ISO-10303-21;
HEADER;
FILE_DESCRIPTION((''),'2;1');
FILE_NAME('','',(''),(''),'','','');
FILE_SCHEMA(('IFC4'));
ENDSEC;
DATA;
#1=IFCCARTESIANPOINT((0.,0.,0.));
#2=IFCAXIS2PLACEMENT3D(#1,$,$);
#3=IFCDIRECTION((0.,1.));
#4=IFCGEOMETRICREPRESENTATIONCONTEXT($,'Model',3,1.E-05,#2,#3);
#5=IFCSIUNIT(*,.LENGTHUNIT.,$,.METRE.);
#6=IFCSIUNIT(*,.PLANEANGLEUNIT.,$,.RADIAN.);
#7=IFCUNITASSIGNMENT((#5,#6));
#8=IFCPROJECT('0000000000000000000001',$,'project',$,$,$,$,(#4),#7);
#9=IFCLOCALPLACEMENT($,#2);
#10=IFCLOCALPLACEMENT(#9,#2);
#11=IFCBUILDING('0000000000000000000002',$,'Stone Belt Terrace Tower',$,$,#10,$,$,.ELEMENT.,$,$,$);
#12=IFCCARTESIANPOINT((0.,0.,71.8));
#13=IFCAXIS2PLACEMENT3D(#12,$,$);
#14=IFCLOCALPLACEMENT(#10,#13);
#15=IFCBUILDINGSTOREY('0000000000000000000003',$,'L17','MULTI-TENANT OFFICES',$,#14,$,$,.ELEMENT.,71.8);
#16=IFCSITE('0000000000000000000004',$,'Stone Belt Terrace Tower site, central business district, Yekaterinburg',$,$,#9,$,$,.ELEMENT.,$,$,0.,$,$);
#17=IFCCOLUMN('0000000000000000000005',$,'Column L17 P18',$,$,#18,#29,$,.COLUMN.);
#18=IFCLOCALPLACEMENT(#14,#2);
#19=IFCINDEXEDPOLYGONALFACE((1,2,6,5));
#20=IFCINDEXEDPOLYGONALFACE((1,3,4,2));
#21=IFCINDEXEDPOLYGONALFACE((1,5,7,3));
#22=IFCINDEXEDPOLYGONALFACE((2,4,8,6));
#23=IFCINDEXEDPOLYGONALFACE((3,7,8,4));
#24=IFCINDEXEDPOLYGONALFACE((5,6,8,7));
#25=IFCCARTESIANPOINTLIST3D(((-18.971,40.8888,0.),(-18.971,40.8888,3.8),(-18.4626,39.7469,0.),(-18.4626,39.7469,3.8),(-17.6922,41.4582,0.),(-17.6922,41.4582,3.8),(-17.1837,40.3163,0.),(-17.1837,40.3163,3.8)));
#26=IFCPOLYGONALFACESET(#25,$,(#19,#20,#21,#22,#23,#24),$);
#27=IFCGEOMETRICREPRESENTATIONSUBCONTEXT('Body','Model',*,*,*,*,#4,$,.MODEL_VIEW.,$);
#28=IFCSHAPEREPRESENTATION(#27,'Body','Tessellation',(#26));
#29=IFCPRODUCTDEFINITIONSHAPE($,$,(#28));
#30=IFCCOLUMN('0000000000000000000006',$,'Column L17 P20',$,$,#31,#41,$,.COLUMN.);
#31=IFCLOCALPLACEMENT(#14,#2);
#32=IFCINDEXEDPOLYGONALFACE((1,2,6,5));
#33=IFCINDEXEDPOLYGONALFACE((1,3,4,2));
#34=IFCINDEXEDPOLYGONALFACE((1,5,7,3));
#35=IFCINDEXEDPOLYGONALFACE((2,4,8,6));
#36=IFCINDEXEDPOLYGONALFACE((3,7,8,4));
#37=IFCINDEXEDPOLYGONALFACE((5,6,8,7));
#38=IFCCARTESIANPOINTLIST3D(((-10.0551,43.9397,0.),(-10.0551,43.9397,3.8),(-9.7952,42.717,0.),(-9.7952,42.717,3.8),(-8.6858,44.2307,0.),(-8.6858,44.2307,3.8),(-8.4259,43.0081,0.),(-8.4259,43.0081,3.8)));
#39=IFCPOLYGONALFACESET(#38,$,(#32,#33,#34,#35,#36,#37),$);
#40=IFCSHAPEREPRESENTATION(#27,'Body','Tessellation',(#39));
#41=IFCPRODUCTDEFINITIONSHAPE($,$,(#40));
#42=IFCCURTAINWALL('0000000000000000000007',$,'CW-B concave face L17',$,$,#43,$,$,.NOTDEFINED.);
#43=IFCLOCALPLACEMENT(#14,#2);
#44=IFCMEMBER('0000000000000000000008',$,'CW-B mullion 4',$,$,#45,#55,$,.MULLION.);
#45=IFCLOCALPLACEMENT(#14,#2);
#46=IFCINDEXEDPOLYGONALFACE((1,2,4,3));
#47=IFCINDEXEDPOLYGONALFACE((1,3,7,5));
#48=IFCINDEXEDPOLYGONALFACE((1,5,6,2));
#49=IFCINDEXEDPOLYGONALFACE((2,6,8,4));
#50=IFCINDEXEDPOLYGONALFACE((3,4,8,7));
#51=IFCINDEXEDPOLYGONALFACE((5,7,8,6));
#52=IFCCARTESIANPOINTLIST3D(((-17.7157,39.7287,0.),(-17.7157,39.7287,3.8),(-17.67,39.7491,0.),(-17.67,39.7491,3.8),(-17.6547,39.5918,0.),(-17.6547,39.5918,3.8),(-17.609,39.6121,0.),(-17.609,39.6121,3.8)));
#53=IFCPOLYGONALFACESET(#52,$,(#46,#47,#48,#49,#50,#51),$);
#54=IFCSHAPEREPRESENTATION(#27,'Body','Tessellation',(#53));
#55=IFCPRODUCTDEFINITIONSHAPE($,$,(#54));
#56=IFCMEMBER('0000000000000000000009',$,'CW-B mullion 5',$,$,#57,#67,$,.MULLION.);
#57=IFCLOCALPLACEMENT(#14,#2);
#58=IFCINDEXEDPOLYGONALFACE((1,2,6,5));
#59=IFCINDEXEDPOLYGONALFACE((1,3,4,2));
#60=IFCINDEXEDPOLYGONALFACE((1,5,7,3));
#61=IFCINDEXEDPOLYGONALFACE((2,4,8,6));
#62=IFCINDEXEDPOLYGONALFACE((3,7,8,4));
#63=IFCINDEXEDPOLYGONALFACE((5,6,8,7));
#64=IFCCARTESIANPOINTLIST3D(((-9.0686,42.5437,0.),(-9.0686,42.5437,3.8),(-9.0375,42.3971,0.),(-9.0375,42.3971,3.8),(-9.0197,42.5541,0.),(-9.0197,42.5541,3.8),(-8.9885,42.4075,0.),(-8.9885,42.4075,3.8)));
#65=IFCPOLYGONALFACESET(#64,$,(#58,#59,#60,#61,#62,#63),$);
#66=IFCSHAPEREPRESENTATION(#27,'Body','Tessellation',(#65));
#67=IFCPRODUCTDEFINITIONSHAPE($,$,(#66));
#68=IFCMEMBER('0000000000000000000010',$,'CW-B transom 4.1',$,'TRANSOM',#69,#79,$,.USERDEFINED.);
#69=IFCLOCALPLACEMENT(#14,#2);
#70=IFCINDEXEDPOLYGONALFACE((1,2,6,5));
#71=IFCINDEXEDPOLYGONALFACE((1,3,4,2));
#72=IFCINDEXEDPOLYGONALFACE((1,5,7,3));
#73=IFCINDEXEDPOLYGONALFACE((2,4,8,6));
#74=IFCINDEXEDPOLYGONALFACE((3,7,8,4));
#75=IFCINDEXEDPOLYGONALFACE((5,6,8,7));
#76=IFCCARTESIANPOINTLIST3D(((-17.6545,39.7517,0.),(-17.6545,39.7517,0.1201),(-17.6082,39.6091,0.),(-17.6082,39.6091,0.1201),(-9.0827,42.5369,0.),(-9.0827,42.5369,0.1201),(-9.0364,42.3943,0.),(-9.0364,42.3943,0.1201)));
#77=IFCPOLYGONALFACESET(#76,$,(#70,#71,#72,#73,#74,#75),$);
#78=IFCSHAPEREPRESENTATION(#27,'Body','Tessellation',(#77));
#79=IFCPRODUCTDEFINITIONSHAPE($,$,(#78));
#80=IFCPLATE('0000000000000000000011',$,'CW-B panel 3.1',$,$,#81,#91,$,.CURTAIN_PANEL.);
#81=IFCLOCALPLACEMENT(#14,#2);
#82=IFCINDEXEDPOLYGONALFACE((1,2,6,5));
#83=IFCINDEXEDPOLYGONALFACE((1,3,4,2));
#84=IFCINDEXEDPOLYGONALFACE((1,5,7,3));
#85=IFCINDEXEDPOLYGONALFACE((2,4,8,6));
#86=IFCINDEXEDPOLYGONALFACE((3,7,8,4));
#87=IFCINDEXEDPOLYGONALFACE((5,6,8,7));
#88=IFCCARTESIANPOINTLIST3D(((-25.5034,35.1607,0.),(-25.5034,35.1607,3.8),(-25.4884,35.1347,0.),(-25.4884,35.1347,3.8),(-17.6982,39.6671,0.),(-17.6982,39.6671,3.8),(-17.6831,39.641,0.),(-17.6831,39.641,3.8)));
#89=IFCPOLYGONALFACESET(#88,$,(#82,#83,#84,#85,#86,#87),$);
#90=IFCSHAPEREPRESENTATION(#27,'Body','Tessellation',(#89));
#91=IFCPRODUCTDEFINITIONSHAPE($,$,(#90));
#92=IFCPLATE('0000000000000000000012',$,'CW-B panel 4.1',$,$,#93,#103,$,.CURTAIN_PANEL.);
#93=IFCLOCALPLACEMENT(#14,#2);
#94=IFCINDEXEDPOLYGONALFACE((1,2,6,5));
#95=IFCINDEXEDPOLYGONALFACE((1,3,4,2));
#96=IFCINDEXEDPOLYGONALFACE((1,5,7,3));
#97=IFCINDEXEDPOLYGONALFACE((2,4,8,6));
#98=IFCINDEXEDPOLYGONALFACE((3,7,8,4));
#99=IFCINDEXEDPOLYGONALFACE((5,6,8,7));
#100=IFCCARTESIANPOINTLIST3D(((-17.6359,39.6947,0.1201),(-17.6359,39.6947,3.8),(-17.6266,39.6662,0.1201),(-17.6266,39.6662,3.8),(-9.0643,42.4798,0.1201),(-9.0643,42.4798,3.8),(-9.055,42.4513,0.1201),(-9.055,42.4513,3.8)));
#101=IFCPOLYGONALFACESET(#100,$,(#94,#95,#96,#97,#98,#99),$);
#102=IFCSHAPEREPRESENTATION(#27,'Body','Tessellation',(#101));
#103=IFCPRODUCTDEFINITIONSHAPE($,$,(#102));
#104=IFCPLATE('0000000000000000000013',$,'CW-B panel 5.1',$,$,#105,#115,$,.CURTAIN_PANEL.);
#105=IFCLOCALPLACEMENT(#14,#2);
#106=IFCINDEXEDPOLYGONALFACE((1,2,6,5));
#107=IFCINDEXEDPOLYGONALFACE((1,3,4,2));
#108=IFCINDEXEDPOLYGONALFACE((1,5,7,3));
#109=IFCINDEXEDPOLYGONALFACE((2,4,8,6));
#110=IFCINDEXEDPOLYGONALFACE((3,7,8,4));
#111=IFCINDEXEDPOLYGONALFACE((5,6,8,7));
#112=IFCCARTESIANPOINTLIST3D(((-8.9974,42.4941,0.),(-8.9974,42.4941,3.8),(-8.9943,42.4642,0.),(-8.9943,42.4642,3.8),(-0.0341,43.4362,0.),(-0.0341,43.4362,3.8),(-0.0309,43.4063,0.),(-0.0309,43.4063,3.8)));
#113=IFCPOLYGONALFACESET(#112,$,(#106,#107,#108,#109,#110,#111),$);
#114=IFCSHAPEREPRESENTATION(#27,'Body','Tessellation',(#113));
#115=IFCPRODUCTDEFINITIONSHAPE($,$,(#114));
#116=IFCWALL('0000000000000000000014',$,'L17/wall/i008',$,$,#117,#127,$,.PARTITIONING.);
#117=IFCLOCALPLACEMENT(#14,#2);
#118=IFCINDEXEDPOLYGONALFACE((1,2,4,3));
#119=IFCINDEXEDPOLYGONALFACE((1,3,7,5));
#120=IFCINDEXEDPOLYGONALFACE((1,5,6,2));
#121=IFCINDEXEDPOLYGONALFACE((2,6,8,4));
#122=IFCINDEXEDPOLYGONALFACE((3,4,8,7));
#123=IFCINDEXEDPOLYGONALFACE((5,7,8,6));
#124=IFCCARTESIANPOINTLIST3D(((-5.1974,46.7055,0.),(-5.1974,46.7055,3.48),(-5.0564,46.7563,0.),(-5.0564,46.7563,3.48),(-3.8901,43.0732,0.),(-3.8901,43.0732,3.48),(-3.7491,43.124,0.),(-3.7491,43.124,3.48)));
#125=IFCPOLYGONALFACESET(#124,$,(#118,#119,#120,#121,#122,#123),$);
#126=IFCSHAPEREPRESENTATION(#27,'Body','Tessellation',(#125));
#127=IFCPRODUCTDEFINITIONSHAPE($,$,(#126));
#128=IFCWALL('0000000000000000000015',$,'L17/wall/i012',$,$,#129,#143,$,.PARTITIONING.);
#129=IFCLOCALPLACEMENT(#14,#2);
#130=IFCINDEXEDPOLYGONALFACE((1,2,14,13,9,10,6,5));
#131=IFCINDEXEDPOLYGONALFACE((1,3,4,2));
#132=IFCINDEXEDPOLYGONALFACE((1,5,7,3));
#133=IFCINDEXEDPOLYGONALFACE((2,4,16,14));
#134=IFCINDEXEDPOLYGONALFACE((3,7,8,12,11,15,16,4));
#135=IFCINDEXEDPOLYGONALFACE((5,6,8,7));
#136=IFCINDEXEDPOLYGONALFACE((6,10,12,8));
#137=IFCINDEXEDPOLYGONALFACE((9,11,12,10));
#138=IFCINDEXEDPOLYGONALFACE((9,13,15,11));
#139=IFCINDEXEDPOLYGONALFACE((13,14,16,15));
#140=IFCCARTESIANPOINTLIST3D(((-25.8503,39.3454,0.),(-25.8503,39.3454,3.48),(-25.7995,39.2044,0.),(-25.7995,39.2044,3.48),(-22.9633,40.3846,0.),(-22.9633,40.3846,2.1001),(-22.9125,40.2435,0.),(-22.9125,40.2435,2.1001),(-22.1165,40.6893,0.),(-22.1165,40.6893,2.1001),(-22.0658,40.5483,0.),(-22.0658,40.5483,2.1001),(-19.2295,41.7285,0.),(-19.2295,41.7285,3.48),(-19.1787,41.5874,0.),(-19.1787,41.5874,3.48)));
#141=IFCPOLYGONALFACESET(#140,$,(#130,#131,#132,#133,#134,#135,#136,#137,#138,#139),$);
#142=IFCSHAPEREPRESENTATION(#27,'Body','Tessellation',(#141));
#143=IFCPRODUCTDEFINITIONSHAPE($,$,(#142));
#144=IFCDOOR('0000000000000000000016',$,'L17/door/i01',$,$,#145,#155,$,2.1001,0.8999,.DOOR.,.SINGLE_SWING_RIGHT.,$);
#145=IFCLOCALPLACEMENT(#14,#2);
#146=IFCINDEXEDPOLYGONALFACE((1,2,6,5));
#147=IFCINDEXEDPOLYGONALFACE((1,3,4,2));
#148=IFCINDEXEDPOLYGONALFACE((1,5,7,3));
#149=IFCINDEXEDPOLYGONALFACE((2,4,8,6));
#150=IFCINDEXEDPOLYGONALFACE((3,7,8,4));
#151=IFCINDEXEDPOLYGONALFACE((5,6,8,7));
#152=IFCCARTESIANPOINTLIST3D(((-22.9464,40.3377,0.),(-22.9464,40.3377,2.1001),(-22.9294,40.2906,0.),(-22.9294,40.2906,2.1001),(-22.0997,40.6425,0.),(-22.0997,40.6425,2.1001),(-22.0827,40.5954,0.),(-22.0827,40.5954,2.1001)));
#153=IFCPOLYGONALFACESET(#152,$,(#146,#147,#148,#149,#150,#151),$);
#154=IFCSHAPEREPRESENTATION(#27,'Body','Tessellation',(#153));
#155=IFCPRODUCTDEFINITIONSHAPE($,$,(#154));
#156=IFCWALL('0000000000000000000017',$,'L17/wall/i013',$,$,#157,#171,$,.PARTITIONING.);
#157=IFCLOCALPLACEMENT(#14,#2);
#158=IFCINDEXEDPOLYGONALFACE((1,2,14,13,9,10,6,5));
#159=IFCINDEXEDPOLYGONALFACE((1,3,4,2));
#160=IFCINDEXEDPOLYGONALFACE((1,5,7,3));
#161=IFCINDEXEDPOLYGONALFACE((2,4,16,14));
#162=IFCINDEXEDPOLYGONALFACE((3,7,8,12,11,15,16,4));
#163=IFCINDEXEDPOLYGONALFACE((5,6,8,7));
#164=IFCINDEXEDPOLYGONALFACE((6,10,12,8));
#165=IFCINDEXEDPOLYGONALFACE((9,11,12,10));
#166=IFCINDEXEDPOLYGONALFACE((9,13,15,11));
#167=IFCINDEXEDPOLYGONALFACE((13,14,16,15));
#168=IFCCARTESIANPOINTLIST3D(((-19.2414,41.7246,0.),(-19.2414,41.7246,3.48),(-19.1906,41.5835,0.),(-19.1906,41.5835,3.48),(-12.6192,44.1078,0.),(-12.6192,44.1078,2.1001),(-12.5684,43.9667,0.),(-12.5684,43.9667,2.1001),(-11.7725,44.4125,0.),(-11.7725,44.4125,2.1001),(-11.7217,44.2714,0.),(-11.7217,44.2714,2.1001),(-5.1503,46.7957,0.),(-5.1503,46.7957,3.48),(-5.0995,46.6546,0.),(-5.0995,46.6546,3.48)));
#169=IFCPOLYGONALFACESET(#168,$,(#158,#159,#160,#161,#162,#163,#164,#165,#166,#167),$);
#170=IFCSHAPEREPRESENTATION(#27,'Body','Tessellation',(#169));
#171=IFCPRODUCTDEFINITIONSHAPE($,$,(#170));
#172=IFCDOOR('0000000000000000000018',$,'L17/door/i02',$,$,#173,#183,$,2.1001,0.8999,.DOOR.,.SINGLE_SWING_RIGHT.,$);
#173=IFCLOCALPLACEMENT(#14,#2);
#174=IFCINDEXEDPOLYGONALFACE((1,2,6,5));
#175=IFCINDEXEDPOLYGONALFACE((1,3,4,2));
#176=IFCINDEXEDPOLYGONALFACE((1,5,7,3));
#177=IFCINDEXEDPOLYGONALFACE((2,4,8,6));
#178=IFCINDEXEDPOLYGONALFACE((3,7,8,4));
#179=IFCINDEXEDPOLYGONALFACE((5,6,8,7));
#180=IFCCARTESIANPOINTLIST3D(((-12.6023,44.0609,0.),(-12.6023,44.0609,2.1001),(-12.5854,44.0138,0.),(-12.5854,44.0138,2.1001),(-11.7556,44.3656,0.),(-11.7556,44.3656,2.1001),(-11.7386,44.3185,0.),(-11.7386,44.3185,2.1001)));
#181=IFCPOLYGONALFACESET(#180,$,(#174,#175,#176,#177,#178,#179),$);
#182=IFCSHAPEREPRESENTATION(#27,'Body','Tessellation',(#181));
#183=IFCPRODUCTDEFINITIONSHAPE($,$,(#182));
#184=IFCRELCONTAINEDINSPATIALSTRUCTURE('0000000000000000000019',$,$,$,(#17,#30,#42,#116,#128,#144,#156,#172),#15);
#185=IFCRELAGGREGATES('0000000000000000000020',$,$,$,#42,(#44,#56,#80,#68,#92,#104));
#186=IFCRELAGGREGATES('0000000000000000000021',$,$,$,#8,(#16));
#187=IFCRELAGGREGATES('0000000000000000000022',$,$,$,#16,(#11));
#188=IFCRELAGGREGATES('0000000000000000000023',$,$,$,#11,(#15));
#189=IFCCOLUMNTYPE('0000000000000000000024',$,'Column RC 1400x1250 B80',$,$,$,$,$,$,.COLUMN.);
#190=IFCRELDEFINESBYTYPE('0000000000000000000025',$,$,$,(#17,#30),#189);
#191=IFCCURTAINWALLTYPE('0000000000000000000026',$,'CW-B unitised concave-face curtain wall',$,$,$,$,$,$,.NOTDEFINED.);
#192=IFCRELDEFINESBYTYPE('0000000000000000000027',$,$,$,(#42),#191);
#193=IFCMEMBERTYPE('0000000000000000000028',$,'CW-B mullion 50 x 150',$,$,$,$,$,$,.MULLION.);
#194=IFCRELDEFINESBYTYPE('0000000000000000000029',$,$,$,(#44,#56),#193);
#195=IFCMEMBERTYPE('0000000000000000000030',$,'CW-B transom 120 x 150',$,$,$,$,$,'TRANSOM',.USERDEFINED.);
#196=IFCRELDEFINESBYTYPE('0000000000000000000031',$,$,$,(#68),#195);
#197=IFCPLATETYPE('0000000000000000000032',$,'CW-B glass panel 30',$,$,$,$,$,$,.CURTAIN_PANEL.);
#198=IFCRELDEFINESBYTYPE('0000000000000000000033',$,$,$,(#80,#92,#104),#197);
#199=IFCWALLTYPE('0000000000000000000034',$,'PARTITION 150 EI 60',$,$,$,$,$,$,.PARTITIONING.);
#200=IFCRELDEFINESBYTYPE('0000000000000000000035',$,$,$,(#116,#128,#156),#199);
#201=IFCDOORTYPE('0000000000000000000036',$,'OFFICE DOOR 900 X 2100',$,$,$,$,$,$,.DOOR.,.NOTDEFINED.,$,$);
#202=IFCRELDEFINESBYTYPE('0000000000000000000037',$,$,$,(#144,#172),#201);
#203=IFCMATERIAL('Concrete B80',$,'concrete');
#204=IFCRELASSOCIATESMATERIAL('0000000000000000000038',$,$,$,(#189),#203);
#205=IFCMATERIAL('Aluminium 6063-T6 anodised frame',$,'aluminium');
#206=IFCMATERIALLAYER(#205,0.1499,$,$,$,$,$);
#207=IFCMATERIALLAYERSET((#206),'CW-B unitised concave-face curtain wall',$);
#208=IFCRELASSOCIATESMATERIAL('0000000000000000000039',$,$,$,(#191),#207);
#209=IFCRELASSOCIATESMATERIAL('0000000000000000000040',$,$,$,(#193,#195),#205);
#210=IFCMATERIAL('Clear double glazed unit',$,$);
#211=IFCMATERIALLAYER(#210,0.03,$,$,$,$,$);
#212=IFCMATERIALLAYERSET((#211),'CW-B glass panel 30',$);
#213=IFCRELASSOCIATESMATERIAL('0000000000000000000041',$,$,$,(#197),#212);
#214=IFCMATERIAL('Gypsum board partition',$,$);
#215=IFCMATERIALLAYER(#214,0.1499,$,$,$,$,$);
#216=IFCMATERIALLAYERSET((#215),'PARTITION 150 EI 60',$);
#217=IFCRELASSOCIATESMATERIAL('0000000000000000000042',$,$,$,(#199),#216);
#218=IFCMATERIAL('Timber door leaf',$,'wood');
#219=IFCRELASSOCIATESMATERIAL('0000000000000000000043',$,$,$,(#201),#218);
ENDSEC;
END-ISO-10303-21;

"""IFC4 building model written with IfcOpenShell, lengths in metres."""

from ifc_helpers import new_model, si_unit, direction, frame, frame_2d, origin, origin_2d, place, context, subcontext, project, spatial, rectangle, extrude, material, layer, layer_set, material_profile, profile_set, type_object, element, fill, aggregate, save


model = new_model("IFC4")

# Units and contexts
model_context = context("Model", 3, precision=1e-05, world=origin(), true_north=direction((0.0, 1.0)))
body_context = subcontext(model_context, "Body", "Model", "MODEL_VIEW")
ifc_project = project(units=[si_unit("LENGTHUNIT", "METRE"), si_unit("PLANEANGLEUNIT", "RADIAN")], contexts=[model_context])

# Site, building, storey
site_placement = place(None, origin())
site = spatial("IfcSite", under=ifc_project, at=site_placement, Name="Stone Belt Terrace Tower site, central business district, Yekaterinburg", CompositionType="ELEMENT", RefElevation=0.0)
building_placement = place(site_placement, origin())
building = spatial("IfcBuilding", under=site, at=building_placement, Name="Stone Belt Terrace Tower", CompositionType="ELEMENT")
storey_placement = place(building_placement, frame((0.0, 0.0, 71.8)))
storey = spatial("IfcBuildingStorey", under=building, at=storey_placement, Name="L17", Description="MULTI-TENANT OFFICES", CompositionType="ELEMENT", Elevation=71.8)

# Columns
ifc_material_1 = material(Name="Concrete B80", Category="concrete")
ifc_material_profile_1 = material_profile(ifc_material_1, rectangle(XDim=1.3999, YDim=1.25, at=origin_2d()), Name="RC 1400x1250")
ifc_profile_set_1 = profile_set([ifc_material_profile_1], Name="Concrete B80")
column_type = type_object("IfcColumnType", Name="Column RC 1400x1250 B80", PredefinedType="COLUMN", material=ifc_profile_set_1)
for number, where, z_axis, x_axis, name in (
    (1, (-18.0774, 40.6025, 0.0), (0.0, 0.0, 1.0), (0.913545, 0.406737, 0.0), "Column L17 P18"),
    (2, (-9.2405, 43.4739, 0.0), (0.0, 0.0, 1.0), (0.978148, 0.207912, 0.0), "Column L17 P20"),
):
    element("IfcColumn", number, at=place(storey_placement, frame(where, z_axis=z_axis, x_axis=x_axis)), inside=storey, type_object=column_type, Name=name, PredefinedType="COLUMN", context=body_context, shape_type="SweptSolid", body=[
        extrude(rectangle(XDim=1.3999, YDim=1.25, at=origin_2d()), origin(), (0.0, 0.0, 1.0), 3.8),
    ])

# Curtain wall, members, plates
ifc_material_2 = material(Name="Aluminium 6063-T6 anodised frame", Category="aluminium")
ifc_layer_1 = layer(ifc_material_2, 0.1499)
ifc_layer_set_1 = layer_set([ifc_layer_1], Name="CW-B unitised concave-face curtain wall")
curtain_wall_type = type_object("IfcCurtainWallType", Name="CW-B unitised concave-face curtain wall", PredefinedType="NOTDEFINED", material=ifc_layer_set_1)
curtain_wall_placement = place(storey_placement, origin())
curtain_wall = element("IfcCurtainWall", 3, at=curtain_wall_placement, inside=storey, type_object=curtain_wall_type, Name="CW-B concave face L17", PredefinedType="NOTDEFINED")
ifc_material_profile_2 = material_profile(ifc_material_2, rectangle(XDim=0.1499, YDim=0.05, at=origin_2d()), Name="Aluminium 6063-T6 50x150")
ifc_profile_set_2 = profile_set([ifc_material_profile_2], Name="Aluminium 6063-T6 anodised frame")
member_type_1 = type_object("IfcMemberType", Name="CW-B mullion 50 x 150", PredefinedType="MULLION", material=ifc_profile_set_2)
member_1_placement = place(storey_placement, frame((-17.6624, 39.6704, 0.0), z_axis=(0.0, 0.0, 1.0), x_axis=(-0.406737, 0.913545, 0.0)))
member_1 = element("IfcMember", 4, at=member_1_placement, type_object=member_type_1, Name="CW-B mullion 4", PredefinedType="MULLION", context=body_context, shape_type="SweptSolid", body=[
    extrude(rectangle(XDim=0.1499, YDim=0.05, at=origin_2d()), origin(), (0.0, 0.0, 1.0), 3.8),
])
member_2_placement = place(storey_placement, frame((-9.0286, 42.4756, 0.0), z_axis=(0.0, 0.0, 1.0), x_axis=(-0.207912, 0.978148, 0.0)))
member_2 = element("IfcMember", 5, at=member_2_placement, type_object=member_type_1, Name="CW-B mullion 5", PredefinedType="MULLION", context=body_context, shape_type="SweptSolid", body=[
    extrude(rectangle(XDim=0.1499, YDim=0.05, at=origin_2d()), origin(), (0.0, 0.0, 1.0), 3.8),
])
ifc_material_profile_3 = material_profile(ifc_material_2, rectangle(XDim=0.1499, YDim=0.1201, at=origin_2d()), Name="Aluminium 6063-T6 150x120")
ifc_profile_set_3 = profile_set([ifc_material_profile_3], Name="Aluminium 6063-T6 anodised frame")
member_type_2 = type_object("IfcMemberType", Name="CW-B transom 120 x 150", ElementType="TRANSOM", PredefinedType="USERDEFINED", material=ifc_profile_set_3)
member_3_placement = place(storey_placement, frame((-17.6313, 39.6804, 0.0601), z_axis=(0.951056, 0.309019, 0.0), x_axis=(-0.309019, 0.951056, 0.0)))
member_3 = element("IfcMember", 6, at=member_3_placement, type_object=member_type_2, Name="CW-B transom 4.1", ObjectType="TRANSOM", PredefinedType="USERDEFINED", context=body_context, shape_type="SweptSolid", body=[
    extrude(rectangle(XDim=0.1499, YDim=0.1201, at=origin_2d()), origin(), (0.0, 0.0, 1.0), 9.0129),
])
ifc_material_3 = material(Name="Clear double glazed unit")
ifc_layer_2 = layer(ifc_material_3, 0.03)
ifc_layer_set_2 = layer_set([ifc_layer_2], Name="CW-B glass panel 30")
plate_type = type_object("IfcPlateType", Name="CW-B glass panel 30", PredefinedType="CURTAIN_PANEL", material=ifc_layer_set_2)
plate_1_placement = place(storey_placement, frame((-21.5933, 37.4009, 0.0), z_axis=(0.0, 0.0, 1.0), x_axis=(0.866025, 0.5, 0.0)))
plate_1 = element("IfcPlate", 7, at=plate_1_placement, type_object=plate_type, Name="CW-B panel 3.1", PredefinedType="CURTAIN_PANEL", context=body_context, shape_type="SweptSolid", body=[
    extrude(rectangle(XDim=9.0127, YDim=0.03, at=origin_2d()), origin(), (0.0, 0.0, 1.0), 3.8),
])
plate_2_placement = place(storey_placement, frame((-13.3455, 41.073, 0.1201), z_axis=(0.0, 0.0, 1.0), x_axis=(0.951057, 0.309017, 0.0)))
plate_2 = element("IfcPlate", 8, at=plate_2_placement, type_object=plate_type, Name="CW-B panel 4.1", PredefinedType="CURTAIN_PANEL", context=body_context, shape_type="SweptSolid", body=[
    extrude(rectangle(XDim=9.0127, YDim=0.03, at=origin_2d()), origin(), (0.0, 0.0, 1.0), 3.6799),
])
plate_3_placement = place(storey_placement, frame((-4.5142, 42.9502, 0.0), z_axis=(0.0, 0.0, 1.0), x_axis=(0.994522, 0.104528, 0.0)))
plate_3 = element("IfcPlate", 9, at=plate_3_placement, type_object=plate_type, Name="CW-B panel 5.1", PredefinedType="CURTAIN_PANEL", context=body_context, shape_type="SweptSolid", body=[
    extrude(rectangle(XDim=9.0127, YDim=0.03, at=origin_2d()), origin(), (0.0, 0.0, 1.0), 3.8),
])
aggregate(curtain_wall, [member_1, member_2, plate_1, member_3, plate_2, plate_3])

# Wall
ifc_material_4 = material(Name="Gypsum board partition")
ifc_layer_3 = layer(ifc_material_4, 0.1499)
ifc_layer_set_3 = layer_set([ifc_layer_3], Name="PARTITION 150 EI 60")
wall_type_1 = type_object("IfcWallType", Name="PARTITION 150 EI 60", PredefinedType="PARTITIONING", material=ifc_layer_set_3)
wall_1_placement = place(storey_placement, frame((-3.8196, 43.0986, 0.0), z_axis=(0.0, 0.0, 1.0), x_axis=(-0.338659, 0.940909, 0.0)))
element("IfcWall", 10, at=wall_1_placement, inside=storey, type_object=wall_type_1, Name="L17/wall/i008", PredefinedType="PARTITIONING", context=body_context, shape_type="SweptSolid", body=[
    extrude(rectangle(XDim=3.8604, YDim=0.1499, at=frame_2d((1.9302, 0.0))), origin(), (0.0, 0.0, 1.0), 3.48),
])

# Walls, openings, doors
wall_2_placement = place(storey_placement, frame((-19.2041, 41.658, 0.0), z_axis=(0.0, 0.0, 1.0), x_axis=(-0.940908, -0.338663, 0.0)))
wall_2 = element("IfcWall", 11, at=wall_2_placement, inside=storey, type_object=wall_type_1, Name="L17/wall/i012", PredefinedType="PARTITIONING", context=body_context, shape_type="SweptSolid", body=[
    extrude(rectangle(XDim=7.0366, YDim=0.1499, at=frame_2d((3.5183, 0.0))), origin(), (0.0, 0.0, 1.0), 3.48),
])
opening_1_placement = place(wall_2_placement, frame((3.0684, 0.0, 0.0)))
opening_1 = element("IfcOpeningElement", 12, at=opening_1_placement, cuts=wall_2, PredefinedType="OPENING", context=body_context, shape_type="SweptSolid", body=[
    extrude(rectangle(XDim=0.8999, YDim=2.1001, at=frame_2d((0.45, 1.05))), frame((0.0, 0.085, 0.0), z_axis=(0.0, -1.0, 0.0), x_axis=(1.0, 0.0, 0.0)), (0.0, 0.0, 1.0), 0.1699),
])
ifc_material_5 = material(Name="Timber door leaf", Category="wood")
door_type_1 = type_object("IfcDoorType", Name="OFFICE DOOR 900 X 2100", OperationType="NOTDEFINED", PredefinedType="DOOR", material=ifc_material_5)
door_1_placement = place(opening_1_placement, origin())
door_1 = element("IfcDoor", 13, at=door_1_placement, inside=storey, type_object=door_type_1, Name="L17/door/i01", OperationType="SINGLE_SWING_RIGHT", OverallHeight=2.1001, OverallWidth=0.8999, PredefinedType="DOOR", context=body_context, shape_type="SweptSolid", body=[
    extrude(rectangle(XDim=0.8999, YDim=2.1001, at=frame_2d((0.45, 1.05))), frame((0.0, 0.0249, 0.0), z_axis=(0.0, -1.0, 0.0), x_axis=(1.0, 0.0, 0.0)), (0.0, 0.0, 1.0), 0.05),
])
fill(opening_1, door_1)
wall_3_placement = place(storey_placement, frame((-5.125, 46.7251, 0.0), z_axis=(0.0, 0.0, 1.0), x_axis=(-0.940924, -0.338617, 0.0)))
wall_3 = element("IfcWall", 14, at=wall_3_placement, inside=storey, type_object=wall_type_1, Name="L17/wall/i013", PredefinedType="PARTITIONING", context=body_context, shape_type="SweptSolid", body=[
    extrude(rectangle(XDim=14.9758, YDim=0.1499, at=frame_2d((7.4878, 0.0))), origin(), (0.0, 0.0, 1.0), 3.48),
])
opening_2_placement = place(wall_3_placement, frame((7.0378, 0.0, 0.0)))
opening_2 = element("IfcOpeningElement", 15, at=opening_2_placement, cuts=wall_3, PredefinedType="OPENING", context=body_context, shape_type="SweptSolid", body=[
    extrude(rectangle(XDim=0.8999, YDim=2.1001, at=frame_2d((0.45, 1.05))), frame((0.0, 0.085, 0.0), z_axis=(0.0, -1.0, 0.0), x_axis=(1.0, 0.0, 0.0)), (0.0, 0.0, 1.0), 0.1699),
])
door_2_placement = place(opening_2_placement, origin())
door_2 = element("IfcDoor", 16, at=door_2_placement, inside=storey, type_object=door_type_1, Name="L17/door/i02", OperationType="SINGLE_SWING_RIGHT", OverallHeight=2.1001, OverallWidth=0.8999, PredefinedType="DOOR", context=body_context, shape_type="SweptSolid", body=[
    extrude(rectangle(XDim=0.8999, YDim=2.1001, at=frame_2d((0.45, 1.05))), frame((0.0, 0.0249, 0.0), z_axis=(0.0, -1.0, 0.0), x_axis=(1.0, 0.0, 0.0)), (0.0, 0.0, 1.0), 0.05),
])
fill(opening_2, door_2)

save(model, "model.ifc")
